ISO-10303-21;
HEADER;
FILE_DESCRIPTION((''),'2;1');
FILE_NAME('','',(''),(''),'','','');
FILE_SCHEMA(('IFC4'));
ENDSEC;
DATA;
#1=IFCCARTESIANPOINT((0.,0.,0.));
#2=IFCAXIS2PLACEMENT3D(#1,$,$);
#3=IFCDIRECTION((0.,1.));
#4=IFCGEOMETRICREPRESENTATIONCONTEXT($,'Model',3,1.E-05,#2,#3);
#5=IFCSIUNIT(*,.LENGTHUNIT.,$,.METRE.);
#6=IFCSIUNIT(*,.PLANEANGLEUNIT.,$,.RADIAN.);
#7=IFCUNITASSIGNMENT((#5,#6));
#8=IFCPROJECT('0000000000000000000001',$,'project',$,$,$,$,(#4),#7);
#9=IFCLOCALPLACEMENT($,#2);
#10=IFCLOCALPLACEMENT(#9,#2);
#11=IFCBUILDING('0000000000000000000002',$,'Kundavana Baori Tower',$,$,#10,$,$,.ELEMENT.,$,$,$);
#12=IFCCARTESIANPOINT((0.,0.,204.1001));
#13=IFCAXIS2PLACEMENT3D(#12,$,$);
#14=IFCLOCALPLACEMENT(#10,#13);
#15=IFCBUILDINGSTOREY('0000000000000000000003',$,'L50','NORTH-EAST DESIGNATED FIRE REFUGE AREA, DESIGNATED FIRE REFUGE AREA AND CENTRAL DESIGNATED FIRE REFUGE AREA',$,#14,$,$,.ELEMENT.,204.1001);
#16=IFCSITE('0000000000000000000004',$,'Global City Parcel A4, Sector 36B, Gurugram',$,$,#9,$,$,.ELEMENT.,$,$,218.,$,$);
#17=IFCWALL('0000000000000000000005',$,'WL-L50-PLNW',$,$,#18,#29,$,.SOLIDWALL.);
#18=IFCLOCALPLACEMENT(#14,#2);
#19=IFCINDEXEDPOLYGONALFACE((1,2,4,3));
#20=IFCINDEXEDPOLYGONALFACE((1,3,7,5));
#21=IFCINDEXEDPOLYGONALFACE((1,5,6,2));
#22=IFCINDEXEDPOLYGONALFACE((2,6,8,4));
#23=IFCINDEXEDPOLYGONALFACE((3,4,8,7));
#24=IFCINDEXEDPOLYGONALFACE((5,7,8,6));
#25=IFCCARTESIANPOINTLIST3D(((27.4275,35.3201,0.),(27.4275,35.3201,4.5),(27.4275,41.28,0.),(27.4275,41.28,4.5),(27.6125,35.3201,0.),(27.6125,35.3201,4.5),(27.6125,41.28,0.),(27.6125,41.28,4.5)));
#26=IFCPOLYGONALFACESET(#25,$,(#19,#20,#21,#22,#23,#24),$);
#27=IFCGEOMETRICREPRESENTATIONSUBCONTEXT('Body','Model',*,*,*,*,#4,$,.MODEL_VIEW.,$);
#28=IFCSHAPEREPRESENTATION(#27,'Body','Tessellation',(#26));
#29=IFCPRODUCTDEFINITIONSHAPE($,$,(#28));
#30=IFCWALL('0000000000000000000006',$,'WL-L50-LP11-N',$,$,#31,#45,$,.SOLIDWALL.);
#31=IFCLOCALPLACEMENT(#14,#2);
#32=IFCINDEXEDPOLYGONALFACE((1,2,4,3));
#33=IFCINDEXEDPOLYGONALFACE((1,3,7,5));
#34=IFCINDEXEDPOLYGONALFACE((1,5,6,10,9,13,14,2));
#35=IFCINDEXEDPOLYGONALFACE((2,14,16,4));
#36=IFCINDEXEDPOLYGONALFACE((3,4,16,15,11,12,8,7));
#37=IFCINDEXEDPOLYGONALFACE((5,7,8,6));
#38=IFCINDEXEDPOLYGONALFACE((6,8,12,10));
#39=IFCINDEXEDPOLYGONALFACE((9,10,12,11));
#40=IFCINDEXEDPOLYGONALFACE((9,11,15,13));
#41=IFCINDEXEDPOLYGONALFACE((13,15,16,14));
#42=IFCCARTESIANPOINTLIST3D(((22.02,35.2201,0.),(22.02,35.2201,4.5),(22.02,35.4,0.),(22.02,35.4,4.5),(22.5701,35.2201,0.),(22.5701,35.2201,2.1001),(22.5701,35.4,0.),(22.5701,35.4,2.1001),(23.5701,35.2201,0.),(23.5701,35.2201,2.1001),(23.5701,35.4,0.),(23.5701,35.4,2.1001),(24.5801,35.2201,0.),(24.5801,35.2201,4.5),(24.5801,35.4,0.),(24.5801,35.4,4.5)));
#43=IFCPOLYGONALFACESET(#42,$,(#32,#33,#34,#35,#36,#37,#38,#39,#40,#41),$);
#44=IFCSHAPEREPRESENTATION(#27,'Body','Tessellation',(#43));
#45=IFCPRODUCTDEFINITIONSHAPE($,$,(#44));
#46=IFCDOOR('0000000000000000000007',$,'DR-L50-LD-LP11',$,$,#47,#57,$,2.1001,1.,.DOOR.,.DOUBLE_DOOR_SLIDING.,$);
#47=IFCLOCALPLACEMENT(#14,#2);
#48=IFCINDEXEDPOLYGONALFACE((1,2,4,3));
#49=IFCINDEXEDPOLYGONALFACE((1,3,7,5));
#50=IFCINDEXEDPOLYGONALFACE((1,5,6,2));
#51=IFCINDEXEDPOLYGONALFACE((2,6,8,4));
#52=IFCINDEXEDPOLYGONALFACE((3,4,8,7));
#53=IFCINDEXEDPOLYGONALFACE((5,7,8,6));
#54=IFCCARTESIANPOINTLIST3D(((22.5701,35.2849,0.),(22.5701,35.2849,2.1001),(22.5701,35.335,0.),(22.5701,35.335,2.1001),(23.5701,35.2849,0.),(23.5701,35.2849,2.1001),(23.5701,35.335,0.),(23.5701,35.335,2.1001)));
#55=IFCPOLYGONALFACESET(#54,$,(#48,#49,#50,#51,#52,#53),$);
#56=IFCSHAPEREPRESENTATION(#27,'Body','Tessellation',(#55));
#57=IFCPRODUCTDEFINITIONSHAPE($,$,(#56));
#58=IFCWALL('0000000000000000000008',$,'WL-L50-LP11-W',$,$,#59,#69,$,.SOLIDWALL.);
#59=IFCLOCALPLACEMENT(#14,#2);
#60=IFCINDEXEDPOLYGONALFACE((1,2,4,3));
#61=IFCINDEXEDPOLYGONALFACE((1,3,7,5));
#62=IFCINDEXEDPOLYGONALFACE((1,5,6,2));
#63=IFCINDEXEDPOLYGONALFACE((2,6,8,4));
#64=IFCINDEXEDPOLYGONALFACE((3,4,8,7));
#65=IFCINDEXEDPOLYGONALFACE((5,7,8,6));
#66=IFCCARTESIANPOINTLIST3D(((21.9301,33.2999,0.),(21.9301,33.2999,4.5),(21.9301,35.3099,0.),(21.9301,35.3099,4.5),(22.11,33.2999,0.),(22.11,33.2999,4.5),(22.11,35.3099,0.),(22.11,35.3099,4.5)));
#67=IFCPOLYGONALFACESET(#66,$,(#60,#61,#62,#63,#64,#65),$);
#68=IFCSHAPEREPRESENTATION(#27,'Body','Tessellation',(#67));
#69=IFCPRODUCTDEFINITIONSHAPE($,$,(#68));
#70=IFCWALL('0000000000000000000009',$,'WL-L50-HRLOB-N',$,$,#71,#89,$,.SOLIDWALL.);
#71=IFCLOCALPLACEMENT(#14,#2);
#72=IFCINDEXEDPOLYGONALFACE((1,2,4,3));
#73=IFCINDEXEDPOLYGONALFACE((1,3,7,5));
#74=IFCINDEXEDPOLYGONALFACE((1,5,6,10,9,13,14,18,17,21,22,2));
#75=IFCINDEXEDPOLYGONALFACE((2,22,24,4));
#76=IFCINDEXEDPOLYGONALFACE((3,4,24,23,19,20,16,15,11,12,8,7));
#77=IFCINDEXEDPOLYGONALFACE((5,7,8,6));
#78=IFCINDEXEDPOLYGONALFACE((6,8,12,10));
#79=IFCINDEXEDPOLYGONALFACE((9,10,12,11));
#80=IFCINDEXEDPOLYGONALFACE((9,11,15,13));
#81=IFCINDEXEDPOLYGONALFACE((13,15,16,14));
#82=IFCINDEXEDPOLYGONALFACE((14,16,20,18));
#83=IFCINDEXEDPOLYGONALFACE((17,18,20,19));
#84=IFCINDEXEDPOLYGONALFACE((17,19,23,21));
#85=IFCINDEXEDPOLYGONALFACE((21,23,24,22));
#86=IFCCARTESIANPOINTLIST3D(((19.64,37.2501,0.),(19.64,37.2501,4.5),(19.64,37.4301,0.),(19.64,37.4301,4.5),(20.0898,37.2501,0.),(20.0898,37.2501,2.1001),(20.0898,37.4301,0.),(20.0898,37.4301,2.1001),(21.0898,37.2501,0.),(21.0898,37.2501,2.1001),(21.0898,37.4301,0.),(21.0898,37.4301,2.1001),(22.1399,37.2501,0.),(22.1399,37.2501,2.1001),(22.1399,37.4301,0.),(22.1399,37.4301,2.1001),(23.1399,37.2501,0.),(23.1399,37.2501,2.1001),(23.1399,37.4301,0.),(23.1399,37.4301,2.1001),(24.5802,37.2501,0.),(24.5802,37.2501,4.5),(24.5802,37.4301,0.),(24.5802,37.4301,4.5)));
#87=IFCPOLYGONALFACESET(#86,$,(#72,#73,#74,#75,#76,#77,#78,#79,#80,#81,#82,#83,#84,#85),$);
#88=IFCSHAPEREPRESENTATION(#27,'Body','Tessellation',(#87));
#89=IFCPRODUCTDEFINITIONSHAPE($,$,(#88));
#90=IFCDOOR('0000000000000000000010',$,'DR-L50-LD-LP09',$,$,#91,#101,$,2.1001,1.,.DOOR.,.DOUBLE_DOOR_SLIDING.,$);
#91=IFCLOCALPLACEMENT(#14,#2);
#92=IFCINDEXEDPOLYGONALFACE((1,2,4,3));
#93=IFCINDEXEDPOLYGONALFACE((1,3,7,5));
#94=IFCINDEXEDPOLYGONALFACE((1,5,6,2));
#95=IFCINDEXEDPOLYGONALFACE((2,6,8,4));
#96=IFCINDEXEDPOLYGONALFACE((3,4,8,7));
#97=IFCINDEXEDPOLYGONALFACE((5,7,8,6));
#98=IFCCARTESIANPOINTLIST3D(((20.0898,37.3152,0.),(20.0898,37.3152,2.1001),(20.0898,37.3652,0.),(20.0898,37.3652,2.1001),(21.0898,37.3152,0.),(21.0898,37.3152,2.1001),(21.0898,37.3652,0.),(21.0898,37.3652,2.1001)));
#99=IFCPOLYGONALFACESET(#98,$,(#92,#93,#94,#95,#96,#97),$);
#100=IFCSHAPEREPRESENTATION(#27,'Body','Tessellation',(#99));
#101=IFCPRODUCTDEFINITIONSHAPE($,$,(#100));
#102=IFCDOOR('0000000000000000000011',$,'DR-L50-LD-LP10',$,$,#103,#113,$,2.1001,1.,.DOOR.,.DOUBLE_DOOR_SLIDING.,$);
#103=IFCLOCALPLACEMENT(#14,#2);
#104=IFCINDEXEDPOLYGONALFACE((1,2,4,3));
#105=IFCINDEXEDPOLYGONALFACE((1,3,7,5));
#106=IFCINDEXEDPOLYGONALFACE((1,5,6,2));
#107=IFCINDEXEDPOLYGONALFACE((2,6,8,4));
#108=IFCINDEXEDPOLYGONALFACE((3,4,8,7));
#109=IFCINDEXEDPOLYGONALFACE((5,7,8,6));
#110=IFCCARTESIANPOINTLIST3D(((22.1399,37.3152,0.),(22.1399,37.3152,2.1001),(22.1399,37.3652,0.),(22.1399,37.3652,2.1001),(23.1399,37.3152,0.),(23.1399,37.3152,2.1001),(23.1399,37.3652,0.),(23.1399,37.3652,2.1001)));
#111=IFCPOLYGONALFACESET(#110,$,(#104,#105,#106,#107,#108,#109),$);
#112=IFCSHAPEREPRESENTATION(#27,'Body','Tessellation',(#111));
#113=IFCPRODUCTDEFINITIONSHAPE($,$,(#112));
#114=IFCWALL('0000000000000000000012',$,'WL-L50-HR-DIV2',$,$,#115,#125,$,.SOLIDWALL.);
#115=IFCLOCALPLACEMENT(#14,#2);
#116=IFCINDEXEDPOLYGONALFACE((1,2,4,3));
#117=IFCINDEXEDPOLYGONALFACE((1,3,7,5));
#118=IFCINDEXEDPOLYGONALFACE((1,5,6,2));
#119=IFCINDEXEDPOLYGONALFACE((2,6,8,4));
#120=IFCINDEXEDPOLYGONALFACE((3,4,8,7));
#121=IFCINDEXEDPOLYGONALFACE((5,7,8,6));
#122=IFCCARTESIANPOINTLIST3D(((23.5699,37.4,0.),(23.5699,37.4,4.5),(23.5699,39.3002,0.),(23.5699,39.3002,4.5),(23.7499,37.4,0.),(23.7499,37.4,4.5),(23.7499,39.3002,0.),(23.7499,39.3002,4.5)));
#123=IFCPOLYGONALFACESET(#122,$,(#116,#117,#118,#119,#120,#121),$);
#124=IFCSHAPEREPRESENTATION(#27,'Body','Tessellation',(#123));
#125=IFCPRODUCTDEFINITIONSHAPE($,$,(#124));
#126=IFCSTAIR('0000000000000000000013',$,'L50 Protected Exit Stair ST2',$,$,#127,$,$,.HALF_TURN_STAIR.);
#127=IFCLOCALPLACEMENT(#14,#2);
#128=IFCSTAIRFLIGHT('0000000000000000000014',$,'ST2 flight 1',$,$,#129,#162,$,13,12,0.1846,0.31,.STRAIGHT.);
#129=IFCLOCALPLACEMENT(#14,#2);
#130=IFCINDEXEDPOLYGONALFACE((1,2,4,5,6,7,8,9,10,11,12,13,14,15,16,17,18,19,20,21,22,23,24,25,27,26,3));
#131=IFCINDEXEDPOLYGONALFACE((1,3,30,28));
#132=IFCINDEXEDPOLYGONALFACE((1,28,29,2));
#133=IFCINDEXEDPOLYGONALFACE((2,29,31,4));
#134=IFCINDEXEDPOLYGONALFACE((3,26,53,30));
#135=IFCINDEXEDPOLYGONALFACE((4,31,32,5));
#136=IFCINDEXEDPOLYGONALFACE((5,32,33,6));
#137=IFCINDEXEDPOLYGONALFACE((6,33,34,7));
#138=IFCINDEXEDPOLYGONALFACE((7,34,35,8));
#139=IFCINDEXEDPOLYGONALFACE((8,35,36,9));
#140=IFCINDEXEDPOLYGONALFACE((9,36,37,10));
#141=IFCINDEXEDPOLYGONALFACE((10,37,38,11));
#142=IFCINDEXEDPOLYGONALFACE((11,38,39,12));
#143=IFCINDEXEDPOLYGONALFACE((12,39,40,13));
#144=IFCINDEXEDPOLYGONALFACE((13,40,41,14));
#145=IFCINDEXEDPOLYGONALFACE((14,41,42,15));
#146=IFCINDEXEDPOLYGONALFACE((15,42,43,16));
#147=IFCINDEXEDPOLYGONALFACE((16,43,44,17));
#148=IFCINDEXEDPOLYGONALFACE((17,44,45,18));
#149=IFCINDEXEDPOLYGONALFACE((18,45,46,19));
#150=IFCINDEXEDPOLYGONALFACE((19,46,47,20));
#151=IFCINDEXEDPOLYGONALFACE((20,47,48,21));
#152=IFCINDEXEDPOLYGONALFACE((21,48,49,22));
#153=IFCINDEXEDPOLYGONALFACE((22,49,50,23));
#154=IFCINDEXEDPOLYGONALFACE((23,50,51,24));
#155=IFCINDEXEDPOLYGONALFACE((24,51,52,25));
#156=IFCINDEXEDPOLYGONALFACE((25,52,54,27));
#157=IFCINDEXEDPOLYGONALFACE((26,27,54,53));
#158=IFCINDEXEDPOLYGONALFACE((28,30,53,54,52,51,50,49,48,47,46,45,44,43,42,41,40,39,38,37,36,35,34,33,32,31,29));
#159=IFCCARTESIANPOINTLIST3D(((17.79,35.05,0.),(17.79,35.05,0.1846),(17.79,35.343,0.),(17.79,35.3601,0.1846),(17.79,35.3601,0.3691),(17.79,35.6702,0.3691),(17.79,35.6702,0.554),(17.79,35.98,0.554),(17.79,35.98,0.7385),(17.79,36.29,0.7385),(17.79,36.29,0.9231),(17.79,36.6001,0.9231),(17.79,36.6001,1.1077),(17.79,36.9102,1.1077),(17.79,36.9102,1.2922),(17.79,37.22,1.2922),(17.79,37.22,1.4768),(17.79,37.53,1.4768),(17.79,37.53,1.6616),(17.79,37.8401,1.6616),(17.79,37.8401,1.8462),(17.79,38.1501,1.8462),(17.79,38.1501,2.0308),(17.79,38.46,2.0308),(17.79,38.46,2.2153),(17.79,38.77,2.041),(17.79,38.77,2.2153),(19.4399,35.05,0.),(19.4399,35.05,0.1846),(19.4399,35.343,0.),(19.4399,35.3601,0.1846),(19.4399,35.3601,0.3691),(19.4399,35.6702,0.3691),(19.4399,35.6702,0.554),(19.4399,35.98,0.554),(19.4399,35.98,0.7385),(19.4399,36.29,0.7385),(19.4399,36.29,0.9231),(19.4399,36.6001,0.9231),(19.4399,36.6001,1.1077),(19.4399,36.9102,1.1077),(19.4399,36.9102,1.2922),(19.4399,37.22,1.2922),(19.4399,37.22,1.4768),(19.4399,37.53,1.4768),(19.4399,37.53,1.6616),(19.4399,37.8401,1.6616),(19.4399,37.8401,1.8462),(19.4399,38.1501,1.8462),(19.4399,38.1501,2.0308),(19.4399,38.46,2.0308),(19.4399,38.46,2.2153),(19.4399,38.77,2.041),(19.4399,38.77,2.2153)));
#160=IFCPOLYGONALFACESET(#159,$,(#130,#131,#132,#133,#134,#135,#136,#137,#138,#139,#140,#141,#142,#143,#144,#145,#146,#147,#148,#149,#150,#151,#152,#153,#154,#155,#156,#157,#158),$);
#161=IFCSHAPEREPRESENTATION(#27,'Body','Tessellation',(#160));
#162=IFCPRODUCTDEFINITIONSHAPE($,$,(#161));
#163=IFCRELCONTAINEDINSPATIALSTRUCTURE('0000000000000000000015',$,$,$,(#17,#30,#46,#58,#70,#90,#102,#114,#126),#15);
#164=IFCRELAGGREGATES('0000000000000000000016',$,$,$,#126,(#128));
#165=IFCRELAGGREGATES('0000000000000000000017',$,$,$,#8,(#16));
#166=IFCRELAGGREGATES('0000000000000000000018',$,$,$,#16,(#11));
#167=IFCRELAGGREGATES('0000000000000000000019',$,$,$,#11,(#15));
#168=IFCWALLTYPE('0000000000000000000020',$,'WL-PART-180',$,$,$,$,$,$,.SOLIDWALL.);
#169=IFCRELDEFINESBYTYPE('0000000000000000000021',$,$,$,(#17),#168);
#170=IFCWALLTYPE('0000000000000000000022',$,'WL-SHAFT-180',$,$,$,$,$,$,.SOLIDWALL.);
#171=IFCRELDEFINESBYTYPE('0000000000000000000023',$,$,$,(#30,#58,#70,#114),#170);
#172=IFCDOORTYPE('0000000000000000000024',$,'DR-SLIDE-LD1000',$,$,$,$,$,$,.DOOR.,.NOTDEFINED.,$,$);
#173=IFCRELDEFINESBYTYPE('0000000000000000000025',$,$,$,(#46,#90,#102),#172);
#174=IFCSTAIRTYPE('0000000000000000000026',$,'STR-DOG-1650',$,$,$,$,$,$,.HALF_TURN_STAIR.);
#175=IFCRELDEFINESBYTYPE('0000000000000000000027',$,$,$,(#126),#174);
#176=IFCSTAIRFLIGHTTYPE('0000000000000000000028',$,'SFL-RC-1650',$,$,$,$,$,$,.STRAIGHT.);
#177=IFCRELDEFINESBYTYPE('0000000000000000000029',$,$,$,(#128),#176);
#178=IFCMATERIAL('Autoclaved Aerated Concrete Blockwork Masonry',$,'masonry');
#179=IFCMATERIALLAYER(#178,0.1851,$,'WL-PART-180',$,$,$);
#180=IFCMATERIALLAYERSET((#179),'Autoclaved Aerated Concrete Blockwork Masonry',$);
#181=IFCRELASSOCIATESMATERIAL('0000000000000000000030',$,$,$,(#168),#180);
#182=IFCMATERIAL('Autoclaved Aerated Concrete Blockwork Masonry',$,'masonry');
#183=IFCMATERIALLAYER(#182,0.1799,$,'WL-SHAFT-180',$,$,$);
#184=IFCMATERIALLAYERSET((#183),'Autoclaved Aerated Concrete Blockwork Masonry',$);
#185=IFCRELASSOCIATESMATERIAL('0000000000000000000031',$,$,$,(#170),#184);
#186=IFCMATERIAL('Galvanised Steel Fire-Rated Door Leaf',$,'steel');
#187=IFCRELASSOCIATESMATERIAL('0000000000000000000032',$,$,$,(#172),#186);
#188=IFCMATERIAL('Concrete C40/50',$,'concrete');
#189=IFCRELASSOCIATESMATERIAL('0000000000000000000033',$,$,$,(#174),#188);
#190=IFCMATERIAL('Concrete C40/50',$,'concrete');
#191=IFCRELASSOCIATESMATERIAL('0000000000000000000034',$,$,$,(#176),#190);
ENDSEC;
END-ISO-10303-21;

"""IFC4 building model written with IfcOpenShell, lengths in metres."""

from ifc_helpers import new_model, si_unit, direction, frame, frame_2d, origin, place, context, subcontext, project, spatial, polyline, rectangle, outline, extrude, material, layer, layer_set, type_object, element, fill, aggregate, save


model = new_model("IFC4")

# Units and contexts
model_context = context("Model", 3, precision=1e-05, world=origin(), true_north=direction((0.0, 1.0)))
body_context = subcontext(model_context, "Body", "Model", "MODEL_VIEW")
ifc_project = project(units=[si_unit("LENGTHUNIT", "METRE"), si_unit("PLANEANGLEUNIT", "RADIAN")], contexts=[model_context])

# Site, building, storey
site_placement = place(None, origin())
site = spatial("IfcSite", under=ifc_project, at=site_placement, Name="Global City Parcel A4, Sector 36B, Gurugram", CompositionType="ELEMENT", RefElevation=218.0)
building_placement = place(site_placement, origin())
building = spatial("IfcBuilding", under=site, at=building_placement, Name="Kundavana Baori Tower", CompositionType="ELEMENT")
storey_placement = place(building_placement, frame((0.0, 0.0, 204.1001)))
storey = spatial("IfcBuildingStorey", under=building, at=storey_placement, Name="L50", Description="NORTH-EAST DESIGNATED FIRE REFUGE AREA, DESIGNATED FIRE REFUGE AREA AND CENTRAL DESIGNATED FIRE REFUGE AREA", CompositionType="ELEMENT", Elevation=204.1001)

# Shared definitions
ifc_material_1 = material(Name="Autoclaved Aerated Concrete Blockwork Masonry", Category="masonry")
ifc_layer_1 = layer(ifc_material_1, 0.1851, Name="WL-PART-180")
ifc_layer_set_1 = layer_set([ifc_layer_1], Name="Autoclaved Aerated Concrete Blockwork Masonry")
wall_type_1 = type_object("IfcWallType", Name="WL-PART-180", PredefinedType="SOLIDWALL", material=ifc_layer_set_1)

# Wall
wall_1_placement = place(storey_placement, frame((27.52, 35.3201, 0.0), z_axis=(0.0, 0.0, 1.0), x_axis=(0.0, 1.0, 0.0)))
element("IfcWall", 1, at=wall_1_placement, inside=storey, type_object=wall_type_1, Name="WL-L50-PLNW", PredefinedType="SOLIDWALL", context=body_context, shape_type="SweptSolid", body=[
    extrude(rectangle(XDim=5.96, YDim=0.1851, at=frame_2d((2.98, 0.0))), origin(), (0.0, 0.0, 1.0), 4.5),
])

# Wall, opening, door
ifc_material_2 = material(Name="Autoclaved Aerated Concrete Blockwork Masonry", Category="masonry")
ifc_layer_2 = layer(ifc_material_2, 0.1799, Name="WL-SHAFT-180")
ifc_layer_set_2 = layer_set([ifc_layer_2], Name="Autoclaved Aerated Concrete Blockwork Masonry")
wall_type_2 = type_object("IfcWallType", Name="WL-SHAFT-180", PredefinedType="SOLIDWALL", material=ifc_layer_set_2)
wall_2_placement = place(storey_placement, frame((22.02, 35.3101, 0.0), z_axis=(0.0, 0.0, 1.0), x_axis=(1.0, 0.0, 0.0)))
wall_2 = element("IfcWall", 2, at=wall_2_placement, inside=storey, type_object=wall_type_2, Name="WL-L50-LP11-N", PredefinedType="SOLIDWALL", context=body_context, shape_type="SweptSolid", body=[
    extrude(rectangle(XDim=2.5601, YDim=0.1799, at=frame_2d((1.28, 0.0))), origin(), (0.0, 0.0, 1.0), 4.5),
])
opening_1_placement = place(wall_2_placement, frame((0.55, 0.0, 0.0)))
opening_1 = element("IfcOpeningElement", 3, at=opening_1_placement, cuts=wall_2, PredefinedType="OPENING", context=body_context, shape_type="SweptSolid", body=[
    extrude(rectangle(XDim=1.0, YDim=2.1001, at=frame_2d((0.5, 1.05))), frame((0.0, 0.1001, 0.0), z_axis=(0.0, -1.0, 0.0), x_axis=(1.0, 0.0, 0.0)), (0.0, 0.0, 1.0), 0.2),
])
ifc_material_3 = material(Name="Galvanised Steel Fire-Rated Door Leaf", Category="steel")
door_type_1 = type_object("IfcDoorType", Name="DR-SLIDE-LD1000", OperationType="NOTDEFINED", PredefinedType="DOOR", material=ifc_material_3)
door_1_placement = place(opening_1_placement, origin())
door_1 = element("IfcDoor", 4, at=door_1_placement, inside=storey, type_object=door_type_1, Name="DR-L50-LD-LP11", OperationType="DOUBLE_DOOR_SLIDING", OverallHeight=2.1001, OverallWidth=1.0, PredefinedType="DOOR", context=body_context, shape_type="SweptSolid", body=[
    extrude(rectangle(XDim=1.0, YDim=2.1001, at=frame_2d((0.5, 1.05))), frame((0.0, 0.0249, 0.0), z_axis=(0.0, -1.0, 0.0), x_axis=(1.0, 0.0, 0.0)), (0.0, 0.0, 1.0), 0.05),
])
fill(opening_1, door_1)

# Wall
wall_3_placement = place(storey_placement, frame((22.02, 33.3, 0.0), z_axis=(0.0, 0.0, 1.0), x_axis=(0.0, 1.0, 0.0)))
element("IfcWall", 5, at=wall_3_placement, inside=storey, type_object=wall_type_2, Name="WL-L50-LP11-W", PredefinedType="SOLIDWALL", context=body_context, shape_type="SweptSolid", body=[
    extrude(rectangle(XDim=2.01, YDim=0.1799, at=frame_2d((1.0049, 0.0))), origin(), (0.0, 0.0, 1.0), 4.5),
])

# Wall, openings, doors
wall_4_placement = place(storey_placement, frame((19.6399, 37.3401, 0.0), z_axis=(0.0, 0.0, 1.0), x_axis=(1.0, 0.0, 0.0)))
wall_4 = element("IfcWall", 6, at=wall_4_placement, inside=storey, type_object=wall_type_2, Name="WL-L50-HRLOB-N", PredefinedType="SOLIDWALL", context=body_context, shape_type="SweptSolid", body=[
    extrude(rectangle(XDim=4.9402, YDim=0.1799, at=frame_2d((2.4702, 0.0))), origin(), (0.0, 0.0, 1.0), 4.5),
])
opening_2_placement = place(wall_4_placement, frame((0.45, 0.0, 0.0)))
opening_2 = element("IfcOpeningElement", 7, at=opening_2_placement, cuts=wall_4, PredefinedType="OPENING", context=body_context, shape_type="SweptSolid", body=[
    extrude(rectangle(XDim=1.0, YDim=2.1001, at=frame_2d((0.5, 1.05))), frame((0.0, 0.1001, 0.0), z_axis=(0.0, -1.0, 0.0), x_axis=(1.0, 0.0, 0.0)), (0.0, 0.0, 1.0), 0.2),
])
opening_3_placement = place(wall_4_placement, frame((2.5, 0.0, 0.0)))
opening_3 = element("IfcOpeningElement", 8, at=opening_3_placement, cuts=wall_4, PredefinedType="OPENING", context=body_context, shape_type="SweptSolid", body=[
    extrude(rectangle(XDim=1.0, YDim=2.1001, at=frame_2d((0.5, 1.05))), frame((0.0, 0.1001, 0.0), z_axis=(0.0, -1.0, 0.0), x_axis=(1.0, 0.0, 0.0)), (0.0, 0.0, 1.0), 0.2),
])
door_2_placement = place(opening_2_placement, frame((1.0, 0.0, 0.0), z_axis=(0.0, 0.0, 1.0), x_axis=(-1.0, 0.0, 0.0)))
door_2 = element("IfcDoor", 9, at=door_2_placement, inside=storey, type_object=door_type_1, Name="DR-L50-LD-LP09", OperationType="DOUBLE_DOOR_SLIDING", OverallHeight=2.1001, OverallWidth=1.0, PredefinedType="DOOR", context=body_context, shape_type="SweptSolid", body=[
    extrude(rectangle(XDim=1.0, YDim=2.1001, at=frame_2d((0.5, 1.05))), frame((0.0, 0.0249, 0.0), z_axis=(0.0, -1.0, 0.0), x_axis=(1.0, 0.0, 0.0)), (0.0, 0.0, 1.0), 0.05),
])
fill(opening_2, door_2)
door_3_placement = place(opening_3_placement, frame((1.0, 0.0, 0.0), z_axis=(0.0, 0.0, 1.0), x_axis=(-1.0, 0.0, 0.0)))
door_3 = element("IfcDoor", 10, at=door_3_placement, inside=storey, type_object=door_type_1, Name="DR-L50-LD-LP10", OperationType="DOUBLE_DOOR_SLIDING", OverallHeight=2.1001, OverallWidth=1.0, PredefinedType="DOOR", context=body_context, shape_type="SweptSolid", body=[
    extrude(rectangle(XDim=1.0, YDim=2.1001, at=frame_2d((0.5, 1.05))), frame((0.0, 0.0249, 0.0), z_axis=(0.0, -1.0, 0.0), x_axis=(1.0, 0.0, 0.0)), (0.0, 0.0, 1.0), 0.05),
])
fill(opening_3, door_3)

# Wall
wall_5_placement = place(storey_placement, frame((23.6599, 37.3999, 0.0), z_axis=(0.0, 0.0, 1.0), x_axis=(0.0, 1.0, 0.0)))
element("IfcWall", 11, at=wall_5_placement, inside=storey, type_object=wall_type_2, Name="WL-L50-HR-DIV2", PredefinedType="SOLIDWALL", context=body_context, shape_type="SweptSolid", body=[
    extrude(rectangle(XDim=1.9001, YDim=0.1799, at=frame_2d((0.9502, 0.0))), origin(), (0.0, 0.0, 1.0), 4.5),
])

# Stair, stair flight
ifc_material_4 = material(Name="Concrete C40/50", Category="concrete")
stair_type = type_object("IfcStairType", Name="STR-DOG-1650", PredefinedType="HALF_TURN_STAIR", material=ifc_material_4)
stair_placement = place(storey_placement, origin())
stair = element("IfcStair", 12, at=stair_placement, inside=storey, type_object=stair_type, Name="L50 Protected Exit Stair ST2", PredefinedType="HALF_TURN_STAIR")
ifc_material_5 = material(Name="Concrete C40/50", Category="concrete")
stair_flight_type = type_object("IfcStairFlightType", Name="SFL-RC-1650", PredefinedType="STRAIGHT", material=ifc_material_5)
stair_flight_placement = place(storey_placement, frame((18.615, 35.05, 0.0), z_axis=(0.0, 0.0, 1.0), x_axis=(0.0, 1.0, 0.0)))
stair_flight = element("IfcStairFlight", 13, at=stair_flight_placement, type_object=stair_flight_type, Name="ST2 flight 1", NumberOfRisers=13, NumberOfTreads=12, PredefinedType="STRAIGHT", RiserHeight=0.1846, TreadLength=0.31, context=body_context, shape_type="SweptSolid", body=[
    extrude(outline(polyline([(0.0, 0.0), (0.0, 0.1846), (0.3101, 0.1846), (0.3101, 0.3691), (0.6201, 0.3691), (0.6201, 0.554), (0.9299, 0.554), (0.9299, 0.7385), (1.24, 0.7385), (1.24, 0.9231), (1.55, 0.9231), (1.55, 1.1077), (1.8601, 1.1077), (1.8601, 1.2922), (2.1699, 1.2922), (2.1699, 1.4768), (2.48, 1.4768), (2.48, 1.6616), (2.79, 1.6616), (2.79, 1.8462), (3.1001, 1.8462), (3.1001, 2.0308), (3.4099, 2.0308), (3.4099, 2.2153), (3.72, 2.2153), (3.72, 2.3999), (3.72, 2.041), (0.293, 0.0), (0.0, 0.0)])), frame((0.0, 0.825, 0.0), z_axis=(0.0, -1.0, 0.0), x_axis=(1.0, 0.0, 0.0)), (0.0, 0.0, 1.0), 1.6499),
])
aggregate(stair, [stair_flight])

save(model, "model.ifc")
